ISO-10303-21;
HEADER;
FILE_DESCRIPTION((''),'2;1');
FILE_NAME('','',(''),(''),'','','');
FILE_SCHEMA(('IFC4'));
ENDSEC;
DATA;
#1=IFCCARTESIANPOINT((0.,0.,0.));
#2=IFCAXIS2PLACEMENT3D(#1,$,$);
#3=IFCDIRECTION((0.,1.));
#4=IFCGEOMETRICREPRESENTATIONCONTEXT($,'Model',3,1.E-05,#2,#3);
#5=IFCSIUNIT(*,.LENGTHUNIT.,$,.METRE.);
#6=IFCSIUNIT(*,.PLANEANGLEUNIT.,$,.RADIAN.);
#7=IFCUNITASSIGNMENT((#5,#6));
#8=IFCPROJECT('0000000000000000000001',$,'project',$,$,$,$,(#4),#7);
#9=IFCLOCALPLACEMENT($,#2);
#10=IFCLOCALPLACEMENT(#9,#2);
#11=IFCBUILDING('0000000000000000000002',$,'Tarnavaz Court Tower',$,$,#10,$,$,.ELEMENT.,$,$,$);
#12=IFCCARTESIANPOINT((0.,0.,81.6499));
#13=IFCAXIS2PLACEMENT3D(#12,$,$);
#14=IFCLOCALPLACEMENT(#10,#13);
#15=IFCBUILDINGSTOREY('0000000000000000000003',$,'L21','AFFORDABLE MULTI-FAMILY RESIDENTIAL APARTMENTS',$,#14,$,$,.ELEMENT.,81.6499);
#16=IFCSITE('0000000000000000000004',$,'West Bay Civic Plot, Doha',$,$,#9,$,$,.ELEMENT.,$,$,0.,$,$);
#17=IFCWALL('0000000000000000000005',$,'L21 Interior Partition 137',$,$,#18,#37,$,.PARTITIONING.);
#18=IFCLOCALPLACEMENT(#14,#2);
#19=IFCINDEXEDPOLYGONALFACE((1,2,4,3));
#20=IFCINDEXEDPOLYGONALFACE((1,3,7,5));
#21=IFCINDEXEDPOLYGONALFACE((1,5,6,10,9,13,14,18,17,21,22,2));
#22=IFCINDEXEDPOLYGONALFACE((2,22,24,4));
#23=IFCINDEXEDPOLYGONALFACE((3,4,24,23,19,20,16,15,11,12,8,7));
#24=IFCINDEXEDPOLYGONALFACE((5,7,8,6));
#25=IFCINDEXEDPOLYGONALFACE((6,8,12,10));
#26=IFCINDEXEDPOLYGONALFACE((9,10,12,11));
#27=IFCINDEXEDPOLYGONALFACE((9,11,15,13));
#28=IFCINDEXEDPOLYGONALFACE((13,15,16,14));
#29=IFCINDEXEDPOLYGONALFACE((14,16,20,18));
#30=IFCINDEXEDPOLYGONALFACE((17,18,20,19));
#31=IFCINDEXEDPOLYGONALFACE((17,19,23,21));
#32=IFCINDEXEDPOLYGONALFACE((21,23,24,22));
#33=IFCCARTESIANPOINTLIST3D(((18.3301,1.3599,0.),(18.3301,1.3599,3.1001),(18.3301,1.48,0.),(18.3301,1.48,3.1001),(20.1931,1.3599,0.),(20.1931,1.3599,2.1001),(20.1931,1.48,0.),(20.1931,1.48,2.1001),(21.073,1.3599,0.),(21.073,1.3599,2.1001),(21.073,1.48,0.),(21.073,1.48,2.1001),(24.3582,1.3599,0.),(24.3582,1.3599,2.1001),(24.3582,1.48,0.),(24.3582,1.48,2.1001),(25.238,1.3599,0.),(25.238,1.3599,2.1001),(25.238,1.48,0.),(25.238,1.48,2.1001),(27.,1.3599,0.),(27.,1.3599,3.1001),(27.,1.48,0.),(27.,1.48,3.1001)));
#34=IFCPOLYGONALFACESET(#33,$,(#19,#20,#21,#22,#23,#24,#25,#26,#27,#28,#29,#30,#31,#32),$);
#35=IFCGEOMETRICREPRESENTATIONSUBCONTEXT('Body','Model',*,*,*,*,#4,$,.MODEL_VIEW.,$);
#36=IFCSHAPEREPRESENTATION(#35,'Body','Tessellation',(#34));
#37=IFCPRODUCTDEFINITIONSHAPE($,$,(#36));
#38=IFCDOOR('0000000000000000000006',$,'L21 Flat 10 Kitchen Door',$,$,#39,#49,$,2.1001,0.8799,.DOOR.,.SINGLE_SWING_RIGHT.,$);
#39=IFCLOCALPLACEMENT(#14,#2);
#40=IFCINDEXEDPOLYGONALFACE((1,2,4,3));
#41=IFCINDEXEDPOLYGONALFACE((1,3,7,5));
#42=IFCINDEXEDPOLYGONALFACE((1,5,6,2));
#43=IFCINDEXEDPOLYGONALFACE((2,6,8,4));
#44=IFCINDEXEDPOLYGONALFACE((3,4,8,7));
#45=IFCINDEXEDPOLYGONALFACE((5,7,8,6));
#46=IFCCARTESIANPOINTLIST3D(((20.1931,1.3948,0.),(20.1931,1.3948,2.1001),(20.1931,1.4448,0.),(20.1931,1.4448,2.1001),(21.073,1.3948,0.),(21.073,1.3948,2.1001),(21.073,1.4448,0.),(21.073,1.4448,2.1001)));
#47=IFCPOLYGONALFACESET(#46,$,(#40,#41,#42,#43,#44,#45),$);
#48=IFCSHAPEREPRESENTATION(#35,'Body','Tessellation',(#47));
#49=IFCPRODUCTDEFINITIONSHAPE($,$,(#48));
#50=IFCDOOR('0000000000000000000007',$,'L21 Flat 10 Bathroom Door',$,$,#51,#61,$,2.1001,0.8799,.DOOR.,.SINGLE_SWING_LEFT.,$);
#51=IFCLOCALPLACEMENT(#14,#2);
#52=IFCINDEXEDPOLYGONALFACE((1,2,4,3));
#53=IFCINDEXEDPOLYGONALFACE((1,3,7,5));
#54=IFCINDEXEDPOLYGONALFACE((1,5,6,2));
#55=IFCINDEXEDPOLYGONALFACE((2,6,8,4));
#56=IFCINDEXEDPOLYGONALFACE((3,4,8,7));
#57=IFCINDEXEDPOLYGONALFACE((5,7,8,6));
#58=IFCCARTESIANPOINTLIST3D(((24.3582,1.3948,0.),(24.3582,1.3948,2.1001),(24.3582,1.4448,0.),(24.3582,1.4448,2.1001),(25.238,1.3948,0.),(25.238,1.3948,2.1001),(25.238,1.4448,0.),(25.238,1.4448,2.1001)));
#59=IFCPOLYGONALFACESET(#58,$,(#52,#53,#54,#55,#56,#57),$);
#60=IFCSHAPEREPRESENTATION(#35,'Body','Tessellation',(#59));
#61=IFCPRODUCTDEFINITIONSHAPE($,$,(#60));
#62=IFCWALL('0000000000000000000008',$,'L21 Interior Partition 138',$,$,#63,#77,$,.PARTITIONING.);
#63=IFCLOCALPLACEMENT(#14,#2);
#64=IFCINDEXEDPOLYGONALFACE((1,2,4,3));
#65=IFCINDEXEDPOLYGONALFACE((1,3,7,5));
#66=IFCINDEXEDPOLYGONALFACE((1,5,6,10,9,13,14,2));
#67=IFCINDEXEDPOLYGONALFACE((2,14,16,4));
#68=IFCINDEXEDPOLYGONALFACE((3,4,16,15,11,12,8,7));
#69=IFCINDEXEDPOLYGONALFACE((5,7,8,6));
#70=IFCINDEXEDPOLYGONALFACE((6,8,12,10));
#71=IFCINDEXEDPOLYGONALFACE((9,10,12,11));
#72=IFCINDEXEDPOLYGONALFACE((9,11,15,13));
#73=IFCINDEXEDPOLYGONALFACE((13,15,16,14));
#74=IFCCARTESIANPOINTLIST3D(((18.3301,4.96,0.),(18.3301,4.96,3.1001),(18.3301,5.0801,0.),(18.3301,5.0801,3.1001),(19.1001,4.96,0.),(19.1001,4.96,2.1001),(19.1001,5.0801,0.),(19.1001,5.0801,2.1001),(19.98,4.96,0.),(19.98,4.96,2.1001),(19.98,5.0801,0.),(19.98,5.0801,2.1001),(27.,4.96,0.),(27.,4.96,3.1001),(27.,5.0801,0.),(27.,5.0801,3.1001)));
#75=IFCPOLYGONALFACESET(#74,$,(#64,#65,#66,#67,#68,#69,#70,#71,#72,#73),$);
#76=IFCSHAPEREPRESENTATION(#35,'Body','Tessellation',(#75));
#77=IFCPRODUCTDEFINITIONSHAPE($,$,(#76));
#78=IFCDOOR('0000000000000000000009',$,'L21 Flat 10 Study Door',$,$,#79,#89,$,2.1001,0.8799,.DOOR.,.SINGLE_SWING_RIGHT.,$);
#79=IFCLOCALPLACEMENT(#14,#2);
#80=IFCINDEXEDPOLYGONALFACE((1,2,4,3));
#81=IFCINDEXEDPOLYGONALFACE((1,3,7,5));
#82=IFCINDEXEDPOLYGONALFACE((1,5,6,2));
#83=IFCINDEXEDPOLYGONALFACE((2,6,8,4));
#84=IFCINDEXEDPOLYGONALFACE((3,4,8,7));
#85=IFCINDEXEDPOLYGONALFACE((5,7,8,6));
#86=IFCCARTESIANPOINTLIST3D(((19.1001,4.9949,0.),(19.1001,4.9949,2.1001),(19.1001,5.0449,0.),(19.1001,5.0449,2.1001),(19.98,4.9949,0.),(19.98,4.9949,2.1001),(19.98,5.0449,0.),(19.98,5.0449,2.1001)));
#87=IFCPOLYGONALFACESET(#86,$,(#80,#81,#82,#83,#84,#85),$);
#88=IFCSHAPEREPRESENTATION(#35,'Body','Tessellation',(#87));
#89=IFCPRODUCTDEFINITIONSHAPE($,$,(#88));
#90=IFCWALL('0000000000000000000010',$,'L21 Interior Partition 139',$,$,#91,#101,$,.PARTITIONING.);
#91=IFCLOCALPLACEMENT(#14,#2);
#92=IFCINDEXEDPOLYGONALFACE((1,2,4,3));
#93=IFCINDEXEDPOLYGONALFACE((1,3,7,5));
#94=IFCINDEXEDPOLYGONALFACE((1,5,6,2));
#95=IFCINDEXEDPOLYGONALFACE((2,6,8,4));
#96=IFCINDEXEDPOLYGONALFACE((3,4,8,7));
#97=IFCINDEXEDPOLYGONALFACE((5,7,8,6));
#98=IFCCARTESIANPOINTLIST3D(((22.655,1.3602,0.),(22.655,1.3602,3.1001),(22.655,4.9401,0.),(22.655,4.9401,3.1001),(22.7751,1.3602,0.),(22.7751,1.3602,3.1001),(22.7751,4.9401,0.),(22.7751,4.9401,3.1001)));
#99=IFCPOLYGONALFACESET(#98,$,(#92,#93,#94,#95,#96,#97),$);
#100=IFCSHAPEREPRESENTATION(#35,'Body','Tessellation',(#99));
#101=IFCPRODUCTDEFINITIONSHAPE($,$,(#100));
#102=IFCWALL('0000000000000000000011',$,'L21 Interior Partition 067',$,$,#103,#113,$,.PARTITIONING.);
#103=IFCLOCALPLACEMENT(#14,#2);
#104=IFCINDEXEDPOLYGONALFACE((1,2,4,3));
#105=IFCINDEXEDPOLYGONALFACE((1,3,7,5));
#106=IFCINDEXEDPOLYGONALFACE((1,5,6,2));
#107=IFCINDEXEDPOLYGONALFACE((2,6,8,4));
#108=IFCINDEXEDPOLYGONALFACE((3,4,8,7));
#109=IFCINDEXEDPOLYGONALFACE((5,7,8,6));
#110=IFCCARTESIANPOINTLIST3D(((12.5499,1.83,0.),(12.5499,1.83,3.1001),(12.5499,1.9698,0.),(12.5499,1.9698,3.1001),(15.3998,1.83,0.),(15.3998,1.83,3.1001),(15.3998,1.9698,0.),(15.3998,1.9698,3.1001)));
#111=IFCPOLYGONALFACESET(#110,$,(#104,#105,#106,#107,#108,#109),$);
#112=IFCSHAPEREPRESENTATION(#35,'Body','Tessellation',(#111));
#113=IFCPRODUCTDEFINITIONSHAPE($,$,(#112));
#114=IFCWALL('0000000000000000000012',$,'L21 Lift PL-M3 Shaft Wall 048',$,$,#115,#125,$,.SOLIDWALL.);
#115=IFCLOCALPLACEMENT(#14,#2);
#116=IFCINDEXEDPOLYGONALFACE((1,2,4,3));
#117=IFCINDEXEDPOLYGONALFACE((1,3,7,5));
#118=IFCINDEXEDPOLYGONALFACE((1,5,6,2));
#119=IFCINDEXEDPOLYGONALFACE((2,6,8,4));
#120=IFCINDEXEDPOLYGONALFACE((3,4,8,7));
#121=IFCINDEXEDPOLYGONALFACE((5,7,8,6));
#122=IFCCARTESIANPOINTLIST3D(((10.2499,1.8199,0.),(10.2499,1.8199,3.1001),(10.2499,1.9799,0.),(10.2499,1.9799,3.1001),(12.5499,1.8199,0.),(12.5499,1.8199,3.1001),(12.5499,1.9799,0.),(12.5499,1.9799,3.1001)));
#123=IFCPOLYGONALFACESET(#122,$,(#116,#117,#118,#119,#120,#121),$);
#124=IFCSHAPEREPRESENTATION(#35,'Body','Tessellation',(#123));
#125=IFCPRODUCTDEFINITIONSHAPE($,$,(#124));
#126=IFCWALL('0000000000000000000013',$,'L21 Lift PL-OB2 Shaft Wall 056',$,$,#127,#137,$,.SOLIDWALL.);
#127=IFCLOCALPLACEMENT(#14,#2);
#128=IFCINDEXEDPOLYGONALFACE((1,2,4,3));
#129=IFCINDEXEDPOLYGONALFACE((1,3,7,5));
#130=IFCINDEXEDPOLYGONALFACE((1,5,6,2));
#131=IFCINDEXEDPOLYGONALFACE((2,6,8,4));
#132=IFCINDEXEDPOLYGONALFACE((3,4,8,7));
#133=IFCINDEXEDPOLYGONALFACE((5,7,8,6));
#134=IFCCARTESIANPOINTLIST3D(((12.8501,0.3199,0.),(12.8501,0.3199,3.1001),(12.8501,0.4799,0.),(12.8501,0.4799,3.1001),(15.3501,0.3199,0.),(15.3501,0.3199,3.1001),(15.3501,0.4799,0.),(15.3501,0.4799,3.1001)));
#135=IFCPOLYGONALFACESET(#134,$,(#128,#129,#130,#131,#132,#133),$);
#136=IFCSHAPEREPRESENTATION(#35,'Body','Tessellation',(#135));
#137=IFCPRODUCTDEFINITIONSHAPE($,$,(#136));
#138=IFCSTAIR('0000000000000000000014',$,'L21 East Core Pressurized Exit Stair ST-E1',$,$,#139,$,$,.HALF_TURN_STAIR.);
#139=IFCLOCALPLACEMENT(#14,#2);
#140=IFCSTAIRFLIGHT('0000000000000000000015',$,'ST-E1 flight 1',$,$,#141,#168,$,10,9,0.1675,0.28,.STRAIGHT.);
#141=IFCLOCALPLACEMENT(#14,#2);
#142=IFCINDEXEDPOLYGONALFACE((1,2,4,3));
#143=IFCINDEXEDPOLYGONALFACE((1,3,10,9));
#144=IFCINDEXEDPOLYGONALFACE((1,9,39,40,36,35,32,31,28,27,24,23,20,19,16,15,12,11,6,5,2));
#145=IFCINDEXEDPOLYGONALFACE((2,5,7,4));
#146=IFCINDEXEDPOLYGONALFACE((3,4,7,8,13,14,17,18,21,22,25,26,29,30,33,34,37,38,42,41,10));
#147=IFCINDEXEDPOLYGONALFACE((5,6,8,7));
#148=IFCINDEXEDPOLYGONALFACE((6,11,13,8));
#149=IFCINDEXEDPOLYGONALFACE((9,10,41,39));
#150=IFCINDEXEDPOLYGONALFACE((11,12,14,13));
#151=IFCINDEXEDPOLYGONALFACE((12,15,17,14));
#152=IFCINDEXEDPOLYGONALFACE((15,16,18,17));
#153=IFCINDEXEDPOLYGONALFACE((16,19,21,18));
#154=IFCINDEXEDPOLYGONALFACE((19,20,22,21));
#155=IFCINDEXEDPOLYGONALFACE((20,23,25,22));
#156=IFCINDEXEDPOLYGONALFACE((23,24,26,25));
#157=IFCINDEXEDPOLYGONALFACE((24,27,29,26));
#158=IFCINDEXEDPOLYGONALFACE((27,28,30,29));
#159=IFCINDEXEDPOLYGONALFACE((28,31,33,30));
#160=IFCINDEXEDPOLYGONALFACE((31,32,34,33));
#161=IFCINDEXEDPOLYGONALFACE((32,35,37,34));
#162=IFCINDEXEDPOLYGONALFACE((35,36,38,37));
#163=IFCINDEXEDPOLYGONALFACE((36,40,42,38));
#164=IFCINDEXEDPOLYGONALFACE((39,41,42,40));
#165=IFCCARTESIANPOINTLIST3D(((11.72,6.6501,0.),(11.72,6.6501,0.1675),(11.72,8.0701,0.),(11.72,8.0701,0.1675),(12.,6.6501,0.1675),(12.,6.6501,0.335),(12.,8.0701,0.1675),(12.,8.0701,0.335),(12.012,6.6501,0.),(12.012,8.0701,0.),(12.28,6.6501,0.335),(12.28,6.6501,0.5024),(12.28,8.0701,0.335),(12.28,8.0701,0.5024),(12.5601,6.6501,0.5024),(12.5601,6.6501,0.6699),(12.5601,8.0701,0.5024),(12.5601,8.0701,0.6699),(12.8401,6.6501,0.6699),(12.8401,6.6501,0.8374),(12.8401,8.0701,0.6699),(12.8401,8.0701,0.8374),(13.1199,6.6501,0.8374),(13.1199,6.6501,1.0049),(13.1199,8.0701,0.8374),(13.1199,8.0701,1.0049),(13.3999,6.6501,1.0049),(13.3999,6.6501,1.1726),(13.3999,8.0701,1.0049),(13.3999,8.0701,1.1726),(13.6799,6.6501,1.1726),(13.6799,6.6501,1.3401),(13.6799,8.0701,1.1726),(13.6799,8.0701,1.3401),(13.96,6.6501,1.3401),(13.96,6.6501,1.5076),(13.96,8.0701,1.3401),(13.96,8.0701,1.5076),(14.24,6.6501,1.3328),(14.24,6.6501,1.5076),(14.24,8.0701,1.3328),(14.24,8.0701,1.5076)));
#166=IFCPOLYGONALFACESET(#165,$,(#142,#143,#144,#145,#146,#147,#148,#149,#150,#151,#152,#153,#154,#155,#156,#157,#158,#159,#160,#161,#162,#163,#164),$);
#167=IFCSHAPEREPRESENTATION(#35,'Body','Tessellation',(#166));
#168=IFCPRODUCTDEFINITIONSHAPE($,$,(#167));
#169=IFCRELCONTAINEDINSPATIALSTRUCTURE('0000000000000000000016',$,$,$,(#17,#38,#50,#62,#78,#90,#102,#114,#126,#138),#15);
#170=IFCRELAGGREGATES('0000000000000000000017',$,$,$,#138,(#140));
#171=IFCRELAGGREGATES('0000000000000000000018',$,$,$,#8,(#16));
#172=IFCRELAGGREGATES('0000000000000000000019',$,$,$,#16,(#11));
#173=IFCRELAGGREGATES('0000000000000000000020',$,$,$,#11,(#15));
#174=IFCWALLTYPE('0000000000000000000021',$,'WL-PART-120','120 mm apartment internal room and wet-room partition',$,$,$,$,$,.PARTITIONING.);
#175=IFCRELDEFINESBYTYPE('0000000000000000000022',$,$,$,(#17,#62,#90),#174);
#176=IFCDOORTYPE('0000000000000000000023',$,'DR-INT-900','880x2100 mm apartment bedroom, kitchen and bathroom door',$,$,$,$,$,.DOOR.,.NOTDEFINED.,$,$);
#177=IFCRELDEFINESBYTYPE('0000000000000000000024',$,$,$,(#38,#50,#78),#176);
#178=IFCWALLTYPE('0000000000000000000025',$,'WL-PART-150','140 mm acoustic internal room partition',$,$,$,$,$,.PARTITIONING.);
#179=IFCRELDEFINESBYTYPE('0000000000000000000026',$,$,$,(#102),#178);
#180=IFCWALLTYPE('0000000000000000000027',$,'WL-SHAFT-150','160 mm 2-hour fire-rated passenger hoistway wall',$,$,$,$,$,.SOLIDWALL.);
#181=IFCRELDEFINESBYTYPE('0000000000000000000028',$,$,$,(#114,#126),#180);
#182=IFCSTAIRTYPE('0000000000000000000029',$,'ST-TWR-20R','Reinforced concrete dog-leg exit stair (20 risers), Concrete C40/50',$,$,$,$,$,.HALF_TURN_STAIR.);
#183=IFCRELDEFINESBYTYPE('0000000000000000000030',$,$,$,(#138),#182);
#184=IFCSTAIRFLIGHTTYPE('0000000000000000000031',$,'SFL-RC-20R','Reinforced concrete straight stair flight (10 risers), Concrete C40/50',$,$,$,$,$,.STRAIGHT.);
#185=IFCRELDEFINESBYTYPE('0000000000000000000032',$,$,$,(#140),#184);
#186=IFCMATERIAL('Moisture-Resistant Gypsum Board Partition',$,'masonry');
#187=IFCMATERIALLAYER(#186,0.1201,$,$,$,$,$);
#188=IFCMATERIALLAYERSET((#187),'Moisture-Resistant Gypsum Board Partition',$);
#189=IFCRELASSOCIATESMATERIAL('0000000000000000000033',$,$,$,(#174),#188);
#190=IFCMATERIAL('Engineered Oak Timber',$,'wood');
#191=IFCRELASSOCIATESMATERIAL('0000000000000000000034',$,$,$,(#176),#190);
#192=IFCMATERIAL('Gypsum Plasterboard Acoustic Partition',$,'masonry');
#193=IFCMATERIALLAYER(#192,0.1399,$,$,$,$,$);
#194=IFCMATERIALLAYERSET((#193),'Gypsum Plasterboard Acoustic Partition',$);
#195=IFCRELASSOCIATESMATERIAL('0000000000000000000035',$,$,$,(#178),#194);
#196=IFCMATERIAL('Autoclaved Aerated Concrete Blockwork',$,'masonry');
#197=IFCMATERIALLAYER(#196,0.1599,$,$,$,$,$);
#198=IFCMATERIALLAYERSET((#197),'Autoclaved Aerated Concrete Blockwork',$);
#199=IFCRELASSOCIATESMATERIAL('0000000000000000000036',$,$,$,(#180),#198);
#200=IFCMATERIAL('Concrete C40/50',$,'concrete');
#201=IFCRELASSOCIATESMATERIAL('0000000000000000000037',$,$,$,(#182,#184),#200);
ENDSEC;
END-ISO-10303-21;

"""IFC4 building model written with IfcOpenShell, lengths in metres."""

from ifc_helpers import new_model, si_unit, direction, frame, frame_2d, origin, place, context, subcontext, project, spatial, polyline, rectangle, outline, extrude, material, layer, layer_set, type_object, element, fill, aggregate, save


model = new_model("IFC4")

# Units and contexts
model_context = context("Model", 3, precision=1e-05, world=origin(), true_north=direction((0.0, 1.0)))
body_context = subcontext(model_context, "Body", "Model", "MODEL_VIEW")
ifc_project = project(units=[si_unit("LENGTHUNIT", "METRE"), si_unit("PLANEANGLEUNIT", "RADIAN")], contexts=[model_context])

# Site, building, storey
site_placement = place(None, origin())
site = spatial("IfcSite", under=ifc_project, at=site_placement, Name="West Bay Civic Plot, Doha", CompositionType="ELEMENT", RefElevation=0.0)
building_placement = place(site_placement, origin())
building = spatial("IfcBuilding", under=site, at=building_placement, Name="Tarnavaz Court Tower", CompositionType="ELEMENT")
storey_placement = place(building_placement, frame((0.0, 0.0, 81.6499)))
storey = spatial("IfcBuildingStorey", under=building, at=storey_placement, Name="L21", Description="AFFORDABLE MULTI-FAMILY RESIDENTIAL APARTMENTS", CompositionType="ELEMENT", Elevation=81.6499)

# Wall, openings, doors
ifc_material_1 = material(Name="Moisture-Resistant Gypsum Board Partition", Category="masonry")
ifc_layer_1 = layer(ifc_material_1, 0.1201)
ifc_layer_set_1 = layer_set([ifc_layer_1], Name="Moisture-Resistant Gypsum Board Partition")
wall_type_1 = type_object("IfcWallType", Name="WL-PART-120", Description="120 mm apartment internal room and wet-room partition", PredefinedType="PARTITIONING", material=ifc_layer_set_1)
wall_1_placement = place(storey_placement, frame((18.3301, 1.4199, 0.0), z_axis=(0.0, 0.0, 1.0), x_axis=(1.0, 0.0, 0.0)))
wall_1 = element("IfcWall", 1, at=wall_1_placement, inside=storey, type_object=wall_type_1, Name="L21 Interior Partition 137", PredefinedType="PARTITIONING", context=body_context, shape_type="SweptSolid", body=[
    extrude(rectangle(XDim=8.6699, YDim=0.1201, at=frame_2d((4.335, 0.0))), origin(), (0.0, 0.0, 1.0), 3.1001),
])
opening_1_placement = place(wall_1_placement, frame((1.863, 0.0, 0.0)))
opening_1 = element("IfcOpeningElement", 2, at=opening_1_placement, cuts=wall_1, PredefinedType="OPENING", context=body_context, shape_type="SweptSolid", body=[
    extrude(rectangle(XDim=0.8799, YDim=2.1001, at=frame_2d((0.4399, 1.05))), frame((0.0, 0.0701, 0.0), z_axis=(0.0, -1.0, 0.0), x_axis=(1.0, 0.0, 0.0)), (0.0, 0.0, 1.0), 0.1401),
])
opening_2_placement = place(wall_1_placement, frame((6.0281, 0.0, 0.0)))
opening_2 = element("IfcOpeningElement", 3, at=opening_2_placement, cuts=wall_1, PredefinedType="OPENING", context=body_context, shape_type="SweptSolid", body=[
    extrude(rectangle(XDim=0.8799, YDim=2.1001, at=frame_2d((0.4399, 1.05))), frame((0.0, 0.0701, 0.0), z_axis=(0.0, -1.0, 0.0), x_axis=(1.0, 0.0, 0.0)), (0.0, 0.0, 1.0), 0.1401),
])
ifc_material_2 = material(Name="Engineered Oak Timber", Category="wood")
door_type_1 = type_object("IfcDoorType", Name="DR-INT-900", Description="880x2100 mm apartment bedroom, kitchen and bathroom door", OperationType="NOTDEFINED", PredefinedType="DOOR", material=ifc_material_2)
door_1_placement = place(opening_1_placement, origin())
door_1 = element("IfcDoor", 4, at=door_1_placement, inside=storey, type_object=door_type_1, Name="L21 Flat 10 Kitchen Door", OperationType="SINGLE_SWING_RIGHT", OverallHeight=2.1001, OverallWidth=0.8799, PredefinedType="DOOR", context=body_context, shape_type="SweptSolid", body=[
    extrude(rectangle(XDim=0.8799, YDim=2.1001, at=frame_2d((0.4399, 1.05))), frame((0.0, 0.0249, 0.0), z_axis=(0.0, -1.0, 0.0), x_axis=(1.0, 0.0, 0.0)), (0.0, 0.0, 1.0), 0.05),
])
fill(opening_1, door_1)
door_2_placement = place(opening_2_placement, origin())
door_2 = element("IfcDoor", 5, at=door_2_placement, inside=storey, type_object=door_type_1, Name="L21 Flat 10 Bathroom Door", OperationType="SINGLE_SWING_LEFT", OverallHeight=2.1001, OverallWidth=0.8799, PredefinedType="DOOR", context=body_context, shape_type="SweptSolid", body=[
    extrude(rectangle(XDim=0.8799, YDim=2.1001, at=frame_2d((0.4399, 1.05))), frame((0.0, 0.0249, 0.0), z_axis=(0.0, -1.0, 0.0), x_axis=(1.0, 0.0, 0.0)), (0.0, 0.0, 1.0), 0.05),
])
fill(opening_2, door_2)

# Wall, opening, door
wall_2_placement = place(storey_placement, frame((18.3301, 5.02, 0.0), z_axis=(0.0, 0.0, 1.0), x_axis=(1.0, 0.0, 0.0)))
wall_2 = element("IfcWall", 6, at=wall_2_placement, inside=storey, type_object=wall_type_1, Name="L21 Interior Partition 138", PredefinedType="PARTITIONING", context=body_context, shape_type="SweptSolid", body=[
    extrude(rectangle(XDim=8.6699, YDim=0.1201, at=frame_2d((4.335, 0.0))), origin(), (0.0, 0.0, 1.0), 3.1001),
])
opening_3_placement = place(wall_2_placement, frame((0.77, 0.0, 0.0)))
opening_3 = element("IfcOpeningElement", 7, at=opening_3_placement, cuts=wall_2, PredefinedType="OPENING", context=body_context, shape_type="SweptSolid", body=[
    extrude(rectangle(XDim=0.8799, YDim=2.1001, at=frame_2d((0.4399, 1.05))), frame((0.0, 0.0701, 0.0), z_axis=(0.0, -1.0, 0.0), x_axis=(1.0, 0.0, 0.0)), (0.0, 0.0, 1.0), 0.1401),
])
door_3_placement = place(opening_3_placement, origin())
door_3 = element("IfcDoor", 8, at=door_3_placement, inside=storey, type_object=door_type_1, Name="L21 Flat 10 Study Door", OperationType="SINGLE_SWING_RIGHT", OverallHeight=2.1001, OverallWidth=0.8799, PredefinedType="DOOR", context=body_context, shape_type="SweptSolid", body=[
    extrude(rectangle(XDim=0.8799, YDim=2.1001, at=frame_2d((0.4399, 1.05))), frame((0.0, 0.0249, 0.0), z_axis=(0.0, -1.0, 0.0), x_axis=(1.0, 0.0, 0.0)), (0.0, 0.0, 1.0), 0.05),
])
fill(opening_3, door_3)

# Walls
wall_3_placement = place(storey_placement, frame((22.7151, 1.3601, 0.0), z_axis=(0.0, 0.0, 1.0), x_axis=(0.0, 1.0, 0.0)))
element("IfcWall", 9, at=wall_3_placement, inside=storey, type_object=wall_type_1, Name="L21 Interior Partition 139", PredefinedType="PARTITIONING", context=body_context, shape_type="SweptSolid", body=[
    extrude(rectangle(XDim=3.5798, YDim=0.1201, at=frame_2d((1.79, 0.0))), origin(), (0.0, 0.0, 1.0), 3.1001),
])
ifc_material_3 = material(Name="Gypsum Plasterboard Acoustic Partition", Category="masonry")
ifc_layer_2 = layer(ifc_material_3, 0.1399)
ifc_layer_set_2 = layer_set([ifc_layer_2], Name="Gypsum Plasterboard Acoustic Partition")
wall_type_2 = type_object("IfcWallType", Name="WL-PART-150", Description="140 mm acoustic internal room partition", PredefinedType="PARTITIONING", material=ifc_layer_set_2)
wall_4_placement = place(storey_placement, frame((12.55, 1.8999, 0.0), z_axis=(0.0, 0.0, 1.0), x_axis=(1.0, 0.0, 0.0)))
element("IfcWall", 10, at=wall_4_placement, inside=storey, type_object=wall_type_2, Name="L21 Interior Partition 067", PredefinedType="PARTITIONING", context=body_context, shape_type="SweptSolid", body=[
    extrude(rectangle(XDim=2.8499, YDim=0.1399, at=frame_2d((1.4248, 0.0))), origin(), (0.0, 0.0, 1.0), 3.1001),
])
ifc_material_4 = material(Name="Autoclaved Aerated Concrete Blockwork", Category="masonry")
ifc_layer_3 = layer(ifc_material_4, 0.1599)
ifc_layer_set_3 = layer_set([ifc_layer_3], Name="Autoclaved Aerated Concrete Blockwork")
wall_type_3 = type_object("IfcWallType", Name="WL-SHAFT-150", Description="160 mm 2-hour fire-rated passenger hoistway wall", PredefinedType="SOLIDWALL", material=ifc_layer_set_3)
wall_5_placement = place(storey_placement, frame((10.25, 1.8999, 0.0), z_axis=(0.0, 0.0, 1.0), x_axis=(1.0, 0.0, 0.0)))
element("IfcWall", 11, at=wall_5_placement, inside=storey, type_object=wall_type_3, Name="L21 Lift PL-M3 Shaft Wall 048", PredefinedType="SOLIDWALL", context=body_context, shape_type="SweptSolid", body=[
    extrude(rectangle(XDim=2.3, YDim=0.1599, at=frame_2d((1.1499, 0.0))), origin(), (0.0, 0.0, 1.0), 3.1001),
])
wall_6_placement = place(storey_placement, frame((12.8501, 0.3999, 0.0), z_axis=(0.0, 0.0, 1.0), x_axis=(1.0, 0.0, 0.0)))
element("IfcWall", 12, at=wall_6_placement, inside=storey, type_object=wall_type_3, Name="L21 Lift PL-OB2 Shaft Wall 056", PredefinedType="SOLIDWALL", context=body_context, shape_type="SweptSolid", body=[
    extrude(rectangle(XDim=2.5, YDim=0.1599, at=frame_2d((1.25, 0.0))), origin(), (0.0, 0.0, 1.0), 3.1001),
])

# Stair, stair flight
ifc_material_5 = material(Name="Concrete C40/50", Category="concrete")
stair_type = type_object("IfcStairType", Name="ST-TWR-20R", Description="Reinforced concrete dog-leg exit stair (20 risers), Concrete C40/50", PredefinedType="HALF_TURN_STAIR", material=ifc_material_5)
stair_placement = place(storey_placement, origin())
stair = element("IfcStair", 13, at=stair_placement, inside=storey, type_object=stair_type, Name="L21 East Core Pressurized Exit Stair ST-E1", PredefinedType="HALF_TURN_STAIR")
stair_flight_type = type_object("IfcStairFlightType", Name="SFL-RC-20R", Description="Reinforced concrete straight stair flight (10 risers), Concrete C40/50", PredefinedType="STRAIGHT", material=ifc_material_5)
stair_flight_1_placement = place(storey_placement, frame((11.72, 7.3601, 0.0), z_axis=(0.0, 0.0, 1.0), x_axis=(1.0, 0.0, 0.0)))
stair_flight_1 = element("IfcStairFlight", 14, at=stair_flight_1_placement, type_object=stair_flight_type, Name="ST-E1 flight 1", NumberOfRisers=10, NumberOfTreads=9, PredefinedType="STRAIGHT", RiserHeight=0.1675, TreadLength=0.28, context=body_context, shape_type="SweptSolid", body=[
    extrude(outline(polyline([(0.0, 0.0), (0.0, 0.1675), (0.28, 0.1675), (0.28, 0.335), (0.5601, 0.335), (0.5601, 0.5024), (0.8401, 0.5024), (0.8401, 0.6699), (1.1201, 0.6699), (1.1201, 0.8374), (1.3999, 0.8374), (1.3999, 1.0049), (1.6799, 1.0049), (1.6799, 1.1726), (1.96, 1.1726), (1.96, 1.3401), (2.24, 1.3401), (2.24, 1.5076), (2.52, 1.5076), (2.52, 1.675), (2.52, 1.3328), (0.292, 0.0), (0.0, 0.0)])), frame((0.0, 0.71, 0.0), z_axis=(0.0, -1.0, 0.0), x_axis=(1.0, 0.0, 0.0)), (0.0, 0.0, 1.0), 1.4199),
])
aggregate(stair, [stair_flight_1])

save(model, "model.ifc")
